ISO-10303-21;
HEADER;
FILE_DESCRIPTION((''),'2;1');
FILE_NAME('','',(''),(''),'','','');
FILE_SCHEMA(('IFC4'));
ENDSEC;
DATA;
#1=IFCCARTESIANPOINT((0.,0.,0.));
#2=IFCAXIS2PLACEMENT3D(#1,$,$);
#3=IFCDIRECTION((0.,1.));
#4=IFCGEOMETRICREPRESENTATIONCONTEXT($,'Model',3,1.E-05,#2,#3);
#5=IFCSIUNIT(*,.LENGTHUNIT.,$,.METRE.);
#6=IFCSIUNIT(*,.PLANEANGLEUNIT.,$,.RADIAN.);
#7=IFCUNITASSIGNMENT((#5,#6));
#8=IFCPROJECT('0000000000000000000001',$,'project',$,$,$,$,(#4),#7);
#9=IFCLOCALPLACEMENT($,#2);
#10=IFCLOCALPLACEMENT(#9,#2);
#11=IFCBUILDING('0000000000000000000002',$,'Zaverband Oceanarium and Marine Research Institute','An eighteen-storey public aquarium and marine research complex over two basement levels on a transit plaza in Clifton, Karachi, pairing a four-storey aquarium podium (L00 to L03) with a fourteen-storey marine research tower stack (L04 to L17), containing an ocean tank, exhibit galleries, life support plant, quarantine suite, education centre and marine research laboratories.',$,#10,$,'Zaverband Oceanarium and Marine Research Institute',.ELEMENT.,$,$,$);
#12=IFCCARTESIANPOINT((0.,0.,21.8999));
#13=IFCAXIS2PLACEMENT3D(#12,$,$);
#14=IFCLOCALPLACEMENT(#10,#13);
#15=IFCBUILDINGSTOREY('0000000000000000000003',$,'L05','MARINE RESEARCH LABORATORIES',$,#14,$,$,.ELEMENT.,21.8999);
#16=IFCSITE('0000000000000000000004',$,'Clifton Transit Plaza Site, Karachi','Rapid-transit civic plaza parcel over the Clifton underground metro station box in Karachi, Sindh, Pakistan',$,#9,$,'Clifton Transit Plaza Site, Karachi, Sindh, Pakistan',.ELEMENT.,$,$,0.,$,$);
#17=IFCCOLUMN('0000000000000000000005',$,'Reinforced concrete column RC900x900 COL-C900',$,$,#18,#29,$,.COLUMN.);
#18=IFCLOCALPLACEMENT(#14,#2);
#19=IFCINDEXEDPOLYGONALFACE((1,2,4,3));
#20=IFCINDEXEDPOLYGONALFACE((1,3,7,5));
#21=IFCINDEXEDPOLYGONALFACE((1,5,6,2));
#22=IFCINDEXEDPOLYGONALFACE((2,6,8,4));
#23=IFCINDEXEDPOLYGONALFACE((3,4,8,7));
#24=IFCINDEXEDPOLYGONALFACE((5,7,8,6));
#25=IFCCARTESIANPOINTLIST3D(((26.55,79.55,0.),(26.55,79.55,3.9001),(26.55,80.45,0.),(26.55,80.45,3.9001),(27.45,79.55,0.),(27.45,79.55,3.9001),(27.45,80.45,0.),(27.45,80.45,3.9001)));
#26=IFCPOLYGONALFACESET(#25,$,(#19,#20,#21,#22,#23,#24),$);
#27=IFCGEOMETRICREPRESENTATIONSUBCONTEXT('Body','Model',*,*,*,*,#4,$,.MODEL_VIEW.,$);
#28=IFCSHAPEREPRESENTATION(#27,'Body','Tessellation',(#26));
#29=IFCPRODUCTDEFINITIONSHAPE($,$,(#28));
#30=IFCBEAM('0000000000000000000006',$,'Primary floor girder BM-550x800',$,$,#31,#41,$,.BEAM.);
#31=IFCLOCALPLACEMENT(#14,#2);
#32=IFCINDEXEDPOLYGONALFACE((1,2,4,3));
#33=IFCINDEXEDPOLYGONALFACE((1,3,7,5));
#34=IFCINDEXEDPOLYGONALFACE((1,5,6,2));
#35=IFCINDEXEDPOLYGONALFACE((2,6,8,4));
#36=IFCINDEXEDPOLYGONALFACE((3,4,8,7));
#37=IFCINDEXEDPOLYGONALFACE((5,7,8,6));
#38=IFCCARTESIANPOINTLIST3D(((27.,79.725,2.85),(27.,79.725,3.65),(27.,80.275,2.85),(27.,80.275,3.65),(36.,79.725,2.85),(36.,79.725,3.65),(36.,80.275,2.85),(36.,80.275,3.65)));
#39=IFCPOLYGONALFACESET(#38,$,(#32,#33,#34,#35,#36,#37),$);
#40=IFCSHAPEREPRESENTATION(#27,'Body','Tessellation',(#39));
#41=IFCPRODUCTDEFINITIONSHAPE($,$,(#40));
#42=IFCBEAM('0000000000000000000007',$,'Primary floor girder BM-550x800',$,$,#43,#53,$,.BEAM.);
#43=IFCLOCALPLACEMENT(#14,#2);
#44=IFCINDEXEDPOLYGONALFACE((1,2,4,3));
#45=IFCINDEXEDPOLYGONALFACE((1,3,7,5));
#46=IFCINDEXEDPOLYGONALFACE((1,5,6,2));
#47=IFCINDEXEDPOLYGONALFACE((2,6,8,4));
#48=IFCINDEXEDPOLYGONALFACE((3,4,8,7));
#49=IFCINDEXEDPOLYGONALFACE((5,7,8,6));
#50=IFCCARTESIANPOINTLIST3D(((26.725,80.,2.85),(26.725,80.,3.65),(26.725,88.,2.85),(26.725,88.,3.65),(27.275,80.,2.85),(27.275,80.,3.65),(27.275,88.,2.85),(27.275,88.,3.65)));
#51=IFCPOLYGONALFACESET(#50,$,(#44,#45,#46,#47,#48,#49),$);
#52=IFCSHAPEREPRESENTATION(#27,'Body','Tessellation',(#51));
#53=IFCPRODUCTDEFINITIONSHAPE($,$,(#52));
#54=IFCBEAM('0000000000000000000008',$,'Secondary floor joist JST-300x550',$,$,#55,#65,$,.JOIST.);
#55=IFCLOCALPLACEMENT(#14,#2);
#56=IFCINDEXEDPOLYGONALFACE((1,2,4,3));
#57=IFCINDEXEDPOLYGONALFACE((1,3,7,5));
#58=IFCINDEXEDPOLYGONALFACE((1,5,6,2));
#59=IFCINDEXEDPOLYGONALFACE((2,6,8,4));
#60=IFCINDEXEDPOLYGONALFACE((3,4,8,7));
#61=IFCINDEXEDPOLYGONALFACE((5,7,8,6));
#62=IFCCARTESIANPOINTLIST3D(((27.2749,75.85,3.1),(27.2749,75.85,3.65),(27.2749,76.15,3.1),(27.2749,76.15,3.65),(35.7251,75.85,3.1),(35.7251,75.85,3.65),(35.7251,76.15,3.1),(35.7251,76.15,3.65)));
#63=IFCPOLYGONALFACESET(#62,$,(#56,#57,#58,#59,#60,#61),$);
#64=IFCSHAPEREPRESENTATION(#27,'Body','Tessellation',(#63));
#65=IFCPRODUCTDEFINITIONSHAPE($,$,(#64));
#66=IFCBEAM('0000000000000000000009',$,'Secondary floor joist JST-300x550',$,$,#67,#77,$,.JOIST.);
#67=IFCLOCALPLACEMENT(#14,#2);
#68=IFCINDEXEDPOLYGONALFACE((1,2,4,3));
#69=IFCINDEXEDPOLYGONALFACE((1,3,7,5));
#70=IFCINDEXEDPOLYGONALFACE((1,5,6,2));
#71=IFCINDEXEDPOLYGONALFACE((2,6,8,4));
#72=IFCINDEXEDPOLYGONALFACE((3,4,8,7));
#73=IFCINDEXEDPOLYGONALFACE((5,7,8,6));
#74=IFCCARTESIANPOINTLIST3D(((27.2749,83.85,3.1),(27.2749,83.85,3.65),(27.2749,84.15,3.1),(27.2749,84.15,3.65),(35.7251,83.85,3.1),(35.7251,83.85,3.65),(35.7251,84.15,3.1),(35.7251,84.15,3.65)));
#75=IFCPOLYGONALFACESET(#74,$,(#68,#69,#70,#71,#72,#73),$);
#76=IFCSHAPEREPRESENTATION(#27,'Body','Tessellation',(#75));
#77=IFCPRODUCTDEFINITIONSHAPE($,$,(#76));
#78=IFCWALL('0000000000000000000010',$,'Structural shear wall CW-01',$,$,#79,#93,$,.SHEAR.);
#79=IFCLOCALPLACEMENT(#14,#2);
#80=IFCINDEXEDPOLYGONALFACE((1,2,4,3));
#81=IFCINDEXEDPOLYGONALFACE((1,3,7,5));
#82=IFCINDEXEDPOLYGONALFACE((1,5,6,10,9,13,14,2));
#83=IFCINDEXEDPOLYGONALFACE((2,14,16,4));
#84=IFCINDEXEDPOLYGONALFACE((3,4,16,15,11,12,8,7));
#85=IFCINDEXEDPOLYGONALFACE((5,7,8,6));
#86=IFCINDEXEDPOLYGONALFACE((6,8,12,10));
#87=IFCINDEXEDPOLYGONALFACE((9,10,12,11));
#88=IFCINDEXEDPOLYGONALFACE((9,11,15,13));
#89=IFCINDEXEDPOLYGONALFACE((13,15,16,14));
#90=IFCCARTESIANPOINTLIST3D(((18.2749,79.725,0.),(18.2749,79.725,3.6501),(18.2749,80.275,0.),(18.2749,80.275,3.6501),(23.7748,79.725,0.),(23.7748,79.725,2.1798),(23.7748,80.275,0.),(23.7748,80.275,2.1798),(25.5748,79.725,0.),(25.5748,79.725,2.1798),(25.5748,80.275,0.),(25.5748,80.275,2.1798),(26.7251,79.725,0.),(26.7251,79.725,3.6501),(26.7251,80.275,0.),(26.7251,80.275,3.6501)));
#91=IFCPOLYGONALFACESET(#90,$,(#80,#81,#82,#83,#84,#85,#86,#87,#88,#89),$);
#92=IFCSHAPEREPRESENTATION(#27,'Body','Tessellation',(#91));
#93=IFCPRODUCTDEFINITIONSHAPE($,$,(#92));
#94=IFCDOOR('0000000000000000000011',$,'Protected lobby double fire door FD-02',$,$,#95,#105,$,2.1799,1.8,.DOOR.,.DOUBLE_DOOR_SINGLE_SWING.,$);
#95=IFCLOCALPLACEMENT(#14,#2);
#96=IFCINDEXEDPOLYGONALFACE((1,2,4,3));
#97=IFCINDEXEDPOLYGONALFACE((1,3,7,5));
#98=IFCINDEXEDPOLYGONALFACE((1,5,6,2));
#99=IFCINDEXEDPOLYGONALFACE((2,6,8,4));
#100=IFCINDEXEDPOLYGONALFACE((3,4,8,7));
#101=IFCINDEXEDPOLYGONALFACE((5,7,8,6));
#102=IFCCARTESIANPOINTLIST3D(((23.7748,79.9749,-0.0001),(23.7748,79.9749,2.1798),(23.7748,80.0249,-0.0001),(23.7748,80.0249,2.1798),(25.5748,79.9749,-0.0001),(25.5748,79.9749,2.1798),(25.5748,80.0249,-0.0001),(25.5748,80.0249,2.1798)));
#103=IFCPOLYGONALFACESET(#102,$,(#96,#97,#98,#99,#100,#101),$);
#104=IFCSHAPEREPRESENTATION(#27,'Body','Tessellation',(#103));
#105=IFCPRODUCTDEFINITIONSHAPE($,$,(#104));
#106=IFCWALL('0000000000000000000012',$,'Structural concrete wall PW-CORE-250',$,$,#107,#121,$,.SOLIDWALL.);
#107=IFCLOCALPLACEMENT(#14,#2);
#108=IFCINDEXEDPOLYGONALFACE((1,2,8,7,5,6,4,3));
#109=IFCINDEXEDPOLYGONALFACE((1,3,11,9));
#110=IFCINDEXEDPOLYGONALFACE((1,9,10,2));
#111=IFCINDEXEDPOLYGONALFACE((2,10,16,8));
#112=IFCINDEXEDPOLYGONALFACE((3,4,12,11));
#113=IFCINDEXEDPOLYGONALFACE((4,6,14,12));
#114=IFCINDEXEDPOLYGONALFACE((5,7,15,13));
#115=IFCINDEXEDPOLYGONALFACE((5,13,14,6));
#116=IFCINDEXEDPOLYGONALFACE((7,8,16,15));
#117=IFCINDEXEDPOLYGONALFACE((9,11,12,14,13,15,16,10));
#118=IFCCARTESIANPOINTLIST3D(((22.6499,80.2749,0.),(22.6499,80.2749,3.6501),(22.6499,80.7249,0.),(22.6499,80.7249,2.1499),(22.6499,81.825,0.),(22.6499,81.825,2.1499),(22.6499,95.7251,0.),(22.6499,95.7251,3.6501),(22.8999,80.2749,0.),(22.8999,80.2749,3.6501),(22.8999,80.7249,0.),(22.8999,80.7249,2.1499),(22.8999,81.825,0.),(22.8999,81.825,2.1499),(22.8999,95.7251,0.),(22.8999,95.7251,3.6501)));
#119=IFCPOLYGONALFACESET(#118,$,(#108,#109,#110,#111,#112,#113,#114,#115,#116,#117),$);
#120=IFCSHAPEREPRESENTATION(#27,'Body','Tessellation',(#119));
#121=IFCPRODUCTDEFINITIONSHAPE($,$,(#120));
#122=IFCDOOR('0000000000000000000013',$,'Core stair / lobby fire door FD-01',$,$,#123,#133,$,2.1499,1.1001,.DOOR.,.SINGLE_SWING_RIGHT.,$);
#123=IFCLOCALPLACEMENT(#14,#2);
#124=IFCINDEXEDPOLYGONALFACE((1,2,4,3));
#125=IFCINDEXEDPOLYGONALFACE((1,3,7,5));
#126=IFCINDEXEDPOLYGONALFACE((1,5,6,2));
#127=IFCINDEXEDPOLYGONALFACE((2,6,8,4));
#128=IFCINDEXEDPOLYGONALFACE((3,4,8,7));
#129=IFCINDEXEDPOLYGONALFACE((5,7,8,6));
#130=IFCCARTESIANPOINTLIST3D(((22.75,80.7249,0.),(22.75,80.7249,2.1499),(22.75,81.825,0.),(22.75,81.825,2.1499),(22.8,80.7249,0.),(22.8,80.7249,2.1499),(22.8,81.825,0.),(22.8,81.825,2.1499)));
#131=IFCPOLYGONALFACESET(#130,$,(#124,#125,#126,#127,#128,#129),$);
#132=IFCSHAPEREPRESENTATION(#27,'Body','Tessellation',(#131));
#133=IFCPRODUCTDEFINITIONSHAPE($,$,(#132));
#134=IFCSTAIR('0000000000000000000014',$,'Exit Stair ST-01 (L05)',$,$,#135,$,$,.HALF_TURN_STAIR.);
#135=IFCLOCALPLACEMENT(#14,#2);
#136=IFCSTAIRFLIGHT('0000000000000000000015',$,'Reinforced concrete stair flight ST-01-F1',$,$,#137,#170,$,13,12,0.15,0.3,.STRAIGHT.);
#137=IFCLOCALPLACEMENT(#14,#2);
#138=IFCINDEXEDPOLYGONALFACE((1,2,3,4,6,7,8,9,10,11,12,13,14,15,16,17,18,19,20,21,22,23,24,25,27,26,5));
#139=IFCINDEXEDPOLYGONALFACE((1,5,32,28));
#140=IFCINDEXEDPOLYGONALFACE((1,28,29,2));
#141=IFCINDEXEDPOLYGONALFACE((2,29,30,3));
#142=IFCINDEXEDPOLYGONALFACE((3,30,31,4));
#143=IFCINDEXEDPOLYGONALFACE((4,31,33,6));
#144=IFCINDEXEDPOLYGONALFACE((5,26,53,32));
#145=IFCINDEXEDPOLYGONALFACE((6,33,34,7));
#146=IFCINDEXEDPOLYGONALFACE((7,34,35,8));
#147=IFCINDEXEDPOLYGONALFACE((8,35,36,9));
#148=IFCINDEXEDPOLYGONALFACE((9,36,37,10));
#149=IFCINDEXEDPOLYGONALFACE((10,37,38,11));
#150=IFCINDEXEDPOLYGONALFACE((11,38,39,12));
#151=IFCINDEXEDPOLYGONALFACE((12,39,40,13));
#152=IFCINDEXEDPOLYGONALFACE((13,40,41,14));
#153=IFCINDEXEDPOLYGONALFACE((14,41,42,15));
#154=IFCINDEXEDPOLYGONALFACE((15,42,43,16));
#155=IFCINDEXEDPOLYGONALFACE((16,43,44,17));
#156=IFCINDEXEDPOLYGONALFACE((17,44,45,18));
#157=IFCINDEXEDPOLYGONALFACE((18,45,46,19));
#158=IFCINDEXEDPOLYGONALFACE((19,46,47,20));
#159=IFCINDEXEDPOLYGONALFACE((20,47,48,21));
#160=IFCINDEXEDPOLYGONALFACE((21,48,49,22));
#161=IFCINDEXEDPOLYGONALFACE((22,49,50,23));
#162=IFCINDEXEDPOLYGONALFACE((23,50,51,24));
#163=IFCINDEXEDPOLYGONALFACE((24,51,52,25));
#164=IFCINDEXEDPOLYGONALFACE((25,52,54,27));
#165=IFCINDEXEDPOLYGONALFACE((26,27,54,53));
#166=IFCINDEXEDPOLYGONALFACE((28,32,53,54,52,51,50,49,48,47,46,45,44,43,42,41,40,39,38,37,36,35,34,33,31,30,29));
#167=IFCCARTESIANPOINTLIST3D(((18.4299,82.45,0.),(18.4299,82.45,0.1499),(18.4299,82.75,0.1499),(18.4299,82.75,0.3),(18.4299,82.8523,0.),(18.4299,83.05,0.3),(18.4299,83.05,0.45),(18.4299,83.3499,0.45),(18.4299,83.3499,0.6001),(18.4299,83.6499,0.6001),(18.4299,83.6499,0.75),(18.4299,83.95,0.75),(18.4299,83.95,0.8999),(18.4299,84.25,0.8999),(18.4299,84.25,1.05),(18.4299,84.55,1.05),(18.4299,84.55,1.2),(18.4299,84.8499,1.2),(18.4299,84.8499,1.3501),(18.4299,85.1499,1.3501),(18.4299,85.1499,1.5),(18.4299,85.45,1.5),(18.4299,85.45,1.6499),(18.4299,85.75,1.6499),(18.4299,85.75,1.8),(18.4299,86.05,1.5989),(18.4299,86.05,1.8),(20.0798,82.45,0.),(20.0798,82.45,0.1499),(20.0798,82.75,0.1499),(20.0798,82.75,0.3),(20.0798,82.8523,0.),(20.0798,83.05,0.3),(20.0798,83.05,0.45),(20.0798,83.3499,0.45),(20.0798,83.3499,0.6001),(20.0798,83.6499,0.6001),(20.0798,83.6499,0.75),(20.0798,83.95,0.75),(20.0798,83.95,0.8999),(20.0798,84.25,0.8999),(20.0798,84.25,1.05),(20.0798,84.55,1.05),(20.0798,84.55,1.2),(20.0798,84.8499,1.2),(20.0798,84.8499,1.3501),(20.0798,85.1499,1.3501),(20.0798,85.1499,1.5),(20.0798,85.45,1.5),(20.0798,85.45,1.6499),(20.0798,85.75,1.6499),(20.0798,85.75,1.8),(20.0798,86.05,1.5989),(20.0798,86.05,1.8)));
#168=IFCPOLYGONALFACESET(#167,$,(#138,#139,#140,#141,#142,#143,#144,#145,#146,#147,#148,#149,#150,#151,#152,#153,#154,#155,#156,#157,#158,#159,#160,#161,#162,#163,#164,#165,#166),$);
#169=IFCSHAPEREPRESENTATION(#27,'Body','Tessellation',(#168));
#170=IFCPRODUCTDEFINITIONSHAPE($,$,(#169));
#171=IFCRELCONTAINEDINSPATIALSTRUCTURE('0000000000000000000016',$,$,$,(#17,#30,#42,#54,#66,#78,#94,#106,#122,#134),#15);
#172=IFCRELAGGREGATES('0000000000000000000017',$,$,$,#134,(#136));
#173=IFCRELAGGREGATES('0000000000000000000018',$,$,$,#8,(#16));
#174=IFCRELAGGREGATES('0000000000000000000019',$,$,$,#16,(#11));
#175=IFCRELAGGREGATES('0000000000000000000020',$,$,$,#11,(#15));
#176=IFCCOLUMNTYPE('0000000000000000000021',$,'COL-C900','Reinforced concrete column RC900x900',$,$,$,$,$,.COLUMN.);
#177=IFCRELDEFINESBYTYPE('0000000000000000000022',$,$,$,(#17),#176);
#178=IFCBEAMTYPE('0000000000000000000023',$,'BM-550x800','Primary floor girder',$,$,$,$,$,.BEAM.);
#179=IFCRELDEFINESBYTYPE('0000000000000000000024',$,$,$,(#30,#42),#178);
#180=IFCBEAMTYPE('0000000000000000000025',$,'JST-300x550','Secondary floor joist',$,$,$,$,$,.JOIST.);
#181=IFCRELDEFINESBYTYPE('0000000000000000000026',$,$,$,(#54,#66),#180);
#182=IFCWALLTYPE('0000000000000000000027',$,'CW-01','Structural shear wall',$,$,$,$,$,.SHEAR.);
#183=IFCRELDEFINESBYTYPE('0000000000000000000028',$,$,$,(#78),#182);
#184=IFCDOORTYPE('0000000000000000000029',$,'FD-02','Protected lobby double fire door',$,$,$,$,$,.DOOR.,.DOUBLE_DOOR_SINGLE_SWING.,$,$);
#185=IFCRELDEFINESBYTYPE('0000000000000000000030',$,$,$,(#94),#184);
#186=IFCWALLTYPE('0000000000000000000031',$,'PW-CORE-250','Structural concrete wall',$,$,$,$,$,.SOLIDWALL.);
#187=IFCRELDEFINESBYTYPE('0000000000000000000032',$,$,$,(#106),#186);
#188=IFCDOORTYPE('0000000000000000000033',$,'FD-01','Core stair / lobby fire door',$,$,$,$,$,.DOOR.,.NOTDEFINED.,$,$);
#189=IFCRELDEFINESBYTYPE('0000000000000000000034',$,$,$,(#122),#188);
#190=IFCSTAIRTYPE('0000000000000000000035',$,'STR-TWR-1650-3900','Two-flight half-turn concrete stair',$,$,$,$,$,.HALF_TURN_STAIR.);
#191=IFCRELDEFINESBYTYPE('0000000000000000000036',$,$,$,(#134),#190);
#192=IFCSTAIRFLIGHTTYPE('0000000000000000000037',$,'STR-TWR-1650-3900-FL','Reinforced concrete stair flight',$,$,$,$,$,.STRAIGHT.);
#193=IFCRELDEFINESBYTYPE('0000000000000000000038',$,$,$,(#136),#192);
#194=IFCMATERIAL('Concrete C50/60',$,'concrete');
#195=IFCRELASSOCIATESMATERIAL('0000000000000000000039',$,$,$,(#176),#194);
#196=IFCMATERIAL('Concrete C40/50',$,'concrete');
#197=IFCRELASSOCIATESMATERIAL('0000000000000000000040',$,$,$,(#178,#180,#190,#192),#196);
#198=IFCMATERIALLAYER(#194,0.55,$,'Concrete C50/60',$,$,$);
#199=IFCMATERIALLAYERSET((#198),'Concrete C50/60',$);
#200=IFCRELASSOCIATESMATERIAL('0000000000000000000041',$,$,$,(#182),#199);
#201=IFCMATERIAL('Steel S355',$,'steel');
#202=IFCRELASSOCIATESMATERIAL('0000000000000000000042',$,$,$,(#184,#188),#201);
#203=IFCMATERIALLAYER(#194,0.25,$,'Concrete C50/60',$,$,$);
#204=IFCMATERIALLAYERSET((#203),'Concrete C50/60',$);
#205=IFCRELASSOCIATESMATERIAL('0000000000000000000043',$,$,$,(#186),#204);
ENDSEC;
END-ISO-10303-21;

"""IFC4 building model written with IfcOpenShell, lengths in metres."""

from ifc_helpers import new_model, si_unit, direction, frame, frame_2d, origin, origin_2d, place, context, subcontext, project, spatial, polyline, rectangle, outline, extrude, material, layer, layer_set, material_profile, profile_set, type_object, element, fill, aggregate, save


model = new_model("IFC4")

# Units and contexts
model_context = context("Model", 3, precision=1e-05, world=origin(), true_north=direction((0.0, 1.0)))
body_context = subcontext(model_context, "Body", "Model", "MODEL_VIEW")
ifc_project = project(units=[si_unit("LENGTHUNIT", "METRE"), si_unit("PLANEANGLEUNIT", "RADIAN")], contexts=[model_context])

# Site, building, storey
site_placement = place(None, origin())
site = spatial("IfcSite", under=ifc_project, at=site_placement, Name="Clifton Transit Plaza Site, Karachi", Description="Rapid-transit civic plaza parcel over the Clifton underground metro station box in Karachi, Sindh, Pakistan", LongName="Clifton Transit Plaza Site, Karachi, Sindh, Pakistan", CompositionType="ELEMENT", RefElevation=0.0)
building_placement = place(site_placement, origin())
building = spatial("IfcBuilding", under=site, at=building_placement, Name="Zaverband Oceanarium and Marine Research Institute", Description="An eighteen-storey public aquarium and marine research complex over two basement levels on a transit plaza in Clifton, Karachi, pairing a four-storey aquarium podium (L00 to L03) with a fourteen-storey marine research tower stack (L04 to L17), containing an ocean tank, exhibit galleries, life support plant, quarantine suite, education centre and marine research laboratories.", LongName="Zaverband Oceanarium and Marine Research Institute", CompositionType="ELEMENT")
storey_placement = place(building_placement, frame((0.0, 0.0, 21.8999)))
storey = spatial("IfcBuildingStorey", under=building, at=storey_placement, Name="L05", Description="MARINE RESEARCH LABORATORIES", CompositionType="ELEMENT", Elevation=21.8999)

# Column
ifc_material_1 = material(Name="Concrete C50/60", Category="concrete")
ifc_material_profile_1 = material_profile(ifc_material_1, rectangle(XDim=0.8999, YDim=0.8999, at=origin_2d()), Name="RC900x900")
ifc_profile_set_1 = profile_set([ifc_material_profile_1], Name="Concrete C50/60")
column_type = type_object("IfcColumnType", Name="COL-C900", Description="Reinforced concrete column RC900x900", PredefinedType="COLUMN", material=ifc_profile_set_1)
column_placement = place(storey_placement, frame((27.0, 80.0, 0.0), z_axis=(0.0, 0.0, 1.0), x_axis=(1.0, 0.0, 0.0)))
element("IfcColumn", 1, at=column_placement, inside=storey, type_object=column_type, Name="Reinforced concrete column RC900x900 COL-C900", PredefinedType="COLUMN", context=body_context, shape_type="SweptSolid", body=[
    extrude(rectangle(XDim=0.8999, YDim=0.8999, at=origin_2d()), origin(), (0.0, 0.0, 1.0), 3.9001),
])

# Beams
ifc_material_2 = material(Name="Concrete C40/50", Category="concrete")
ifc_material_profile_2 = material_profile(ifc_material_2, rectangle(XDim=0.55, YDim=0.8, at=origin_2d()), Name="RC550x800")
ifc_profile_set_2 = profile_set([ifc_material_profile_2], Name="Concrete C40/50")
beam_type_1 = type_object("IfcBeamType", Name="BM-550x800", Description="Primary floor girder", PredefinedType="BEAM", material=ifc_profile_set_2)
beam_1_placement = place(storey_placement, frame((27.0, 80.0, 3.25), z_axis=(1.0, 0.0, 0.0), x_axis=(0.0, 1.0, 0.0)))
element("IfcBeam", 2, at=beam_1_placement, inside=storey, type_object=beam_type_1, Name="Primary floor girder BM-550x800", PredefinedType="BEAM", context=body_context, shape_type="SweptSolid", body=[
    extrude(rectangle(XDim=0.55, YDim=0.8, at=origin_2d()), origin(), (0.0, 0.0, 1.0), 9.0),
])
beam_2_placement = place(storey_placement, frame((27.0, 80.0, 3.25), z_axis=(0.0, 1.0, 0.0), x_axis=(-1.0, 0.0, 0.0)))
element("IfcBeam", 3, at=beam_2_placement, inside=storey, type_object=beam_type_1, Name="Primary floor girder BM-550x800", PredefinedType="BEAM", context=body_context, shape_type="SweptSolid", body=[
    extrude(rectangle(XDim=0.55, YDim=0.8, at=origin_2d()), origin(), (0.0, 0.0, 1.0), 8.0),
])
ifc_material_profile_3 = material_profile(ifc_material_2, rectangle(XDim=0.3, YDim=0.55, at=origin_2d()), Name="RC300x550")
ifc_profile_set_3 = profile_set([ifc_material_profile_3], Name="Concrete C40/50")
beam_type_2 = type_object("IfcBeamType", Name="JST-300x550", Description="Secondary floor joist", PredefinedType="JOIST", material=ifc_profile_set_3)
for number, where, z_axis, x_axis, name in (
    (4, (27.2749, 76.0, 3.375), (1.0, 0.0, 0.0), (0.0, 1.0, 0.0), "Secondary floor joist JST-300x550"),
    (5, (27.2749, 84.0, 3.375), (1.0, 0.0, 0.0), (0.0, 1.0, 0.0), "Secondary floor joist JST-300x550"),
):
    element("IfcBeam", number, at=place(storey_placement, frame(where, z_axis=z_axis, x_axis=x_axis)), inside=storey, type_object=beam_type_2, Name=name, PredefinedType="JOIST", context=body_context, shape_type="SweptSolid", body=[
        extrude(rectangle(XDim=0.3, YDim=0.55, at=origin_2d()), origin(), (0.0, 0.0, 1.0), 8.4502),
    ])

# Wall, opening, door
ifc_layer_1 = layer(ifc_material_1, 0.55, Name="Concrete C50/60")
ifc_layer_set_1 = layer_set([ifc_layer_1], Name="Concrete C50/60")
wall_type_1 = type_object("IfcWallType", Name="CW-01", Description="Structural shear wall", PredefinedType="SHEAR", material=ifc_layer_set_1)
wall_1_placement = place(storey_placement, frame((18.2749, 80.0, 0.0), z_axis=(0.0, 0.0, 1.0), x_axis=(1.0, 0.0, 0.0)))
wall_1 = element("IfcWall", 6, at=wall_1_placement, inside=storey, type_object=wall_type_1, Name="Structural shear wall CW-01", PredefinedType="SHEAR", context=body_context, shape_type="SweptSolid", body=[
    extrude(rectangle(XDim=8.4502, YDim=0.55, at=frame_2d((4.2251, 0.0))), origin(), (0.0, 0.0, 1.0), 3.6501),
])
opening_1_placement = place(wall_1_placement, frame((5.5, 0.0, 0.0)))
opening_1 = element("IfcOpeningElement", 7, at=opening_1_placement, cuts=wall_1, PredefinedType="OPENING", context=body_context, shape_type="SweptSolid", body=[
    extrude(rectangle(XDim=1.8, YDim=2.1799, at=frame_2d((0.8999, 1.0898))), frame((0.0, 0.2871, 0.0), z_axis=(0.0, -1.0, 0.0), x_axis=(1.0, 0.0, 0.0)), (0.0, 0.0, 1.0), 0.574),
])
ifc_material_3 = material(Name="Steel S355", Category="steel")
door_type_1 = type_object("IfcDoorType", Name="FD-02", Description="Protected lobby double fire door", OperationType="DOUBLE_DOOR_SINGLE_SWING", PredefinedType="DOOR", material=ifc_material_3)
door_1_placement = place(opening_1_placement, origin())
door_1 = element("IfcDoor", 8, at=door_1_placement, inside=storey, type_object=door_type_1, Name="Protected lobby double fire door FD-02", OperationType="DOUBLE_DOOR_SINGLE_SWING", OverallHeight=2.1799, OverallWidth=1.8, PredefinedType="DOOR", context=body_context, shape_type="SweptSolid", body=[
    extrude(rectangle(XDim=1.8, YDim=2.1799, at=frame_2d((0.8999, 1.0898))), frame((0.0, 0.0249, 0.0), z_axis=(0.0, -1.0, 0.0), x_axis=(1.0, 0.0, 0.0)), (0.0, 0.0, 1.0), 0.05),
])
fill(opening_1, door_1)

# Wall, opening, door
ifc_layer_2 = layer(ifc_material_1, 0.25, Name="Concrete C50/60")
ifc_layer_set_2 = layer_set([ifc_layer_2], Name="Concrete C50/60")
wall_type_2 = type_object("IfcWallType", Name="PW-CORE-250", Description="Structural concrete wall", PredefinedType="SOLIDWALL", material=ifc_layer_set_2)
wall_2_placement = place(storey_placement, frame((22.7749, 80.2749, 0.0), z_axis=(0.0, 0.0, 1.0), x_axis=(0.0, 1.0, 0.0)))
wall_2 = element("IfcWall", 9, at=wall_2_placement, inside=storey, type_object=wall_type_2, Name="Structural concrete wall PW-CORE-250", PredefinedType="SOLIDWALL", context=body_context, shape_type="SweptSolid", body=[
    extrude(rectangle(XDim=15.4502, YDim=0.25, at=frame_2d((7.7251, 0.0))), origin(), (0.0, 0.0, 1.0), 3.6501),
])
opening_2_placement = place(wall_2_placement, frame((0.45, 0.0, 0.0)))
opening_2 = element("IfcOpeningElement", 10, at=opening_2_placement, cuts=wall_2, PredefinedType="OPENING", context=body_context, shape_type="SweptSolid", body=[
    extrude(rectangle(XDim=1.1001, YDim=2.1499, at=frame_2d((0.55, 1.075))), frame((0.0, 0.137, 0.0), z_axis=(0.0, -1.0, 0.0), x_axis=(1.0, 0.0, 0.0)), (0.0, 0.0, 1.0), 0.2739),
])
door_type_2 = type_object("IfcDoorType", Name="FD-01", Description="Core stair / lobby fire door", OperationType="NOTDEFINED", PredefinedType="DOOR", material=ifc_material_3)
door_2_placement = place(opening_2_placement, origin())
door_2 = element("IfcDoor", 11, at=door_2_placement, inside=storey, type_object=door_type_2, Name="Core stair / lobby fire door FD-01", OperationType="SINGLE_SWING_RIGHT", OverallHeight=2.1499, OverallWidth=1.1001, PredefinedType="DOOR", context=body_context, shape_type="SweptSolid", body=[
    extrude(rectangle(XDim=1.1001, YDim=2.1499, at=frame_2d((0.55, 1.075))), frame((0.0, 0.0249, 0.0), z_axis=(0.0, -1.0, 0.0), x_axis=(1.0, 0.0, 0.0)), (0.0, 0.0, 1.0), 0.05),
])
fill(opening_2, door_2)

# Stair, stair flight
stair_type = type_object("IfcStairType", Name="STR-TWR-1650-3900", Description="Two-flight half-turn concrete stair", PredefinedType="HALF_TURN_STAIR", material=ifc_material_2)
stair_placement = place(storey_placement, origin())
stair = element("IfcStair", 12, at=stair_placement, inside=storey, type_object=stair_type, Name="Exit Stair ST-01 (L05)", PredefinedType="HALF_TURN_STAIR")
stair_flight_type = type_object("IfcStairFlightType", Name="STR-TWR-1650-3900-FL", Description="Reinforced concrete stair flight", PredefinedType="STRAIGHT", material=ifc_material_2)
stair_flight_1_placement = place(storey_placement, frame((19.2549, 82.45, 0.0), z_axis=(0.0, 0.0, 1.0), x_axis=(0.0, 1.0, 0.0)))
stair_flight_1 = element("IfcStairFlight", 13, at=stair_flight_1_placement, type_object=stair_flight_type, Name="Reinforced concrete stair flight ST-01-F1", NumberOfRisers=13, NumberOfTreads=12, PredefinedType="STRAIGHT", RiserHeight=0.15, TreadLength=0.3, context=body_context, shape_type="SweptSolid", body=[
    extrude(outline(polyline([(0.0, 0.0), (0.0, 0.1499), (0.3, 0.1499), (0.3, 0.3), (0.6001, 0.3), (0.6001, 0.45), (0.8999, 0.45), (0.8999, 0.6001), (1.2, 0.6001), (1.2, 0.75), (1.5, 0.75), (1.5, 0.8999), (1.8, 0.8999), (1.8, 1.05), (2.1001, 1.05), (2.1001, 1.2), (2.3999, 1.2), (2.3999, 1.3501), (2.7, 1.3501), (2.7, 1.5), (3.0, 1.5), (3.0, 1.6499), (3.3, 1.6499), (3.3, 1.8), (3.6001, 1.8), (3.6001, 1.95), (3.6001, 1.5989), (0.4023, 0.0), (0.0, 0.0)])), frame((0.0, 0.825, 0.0), z_axis=(0.0, -1.0, 0.0), x_axis=(1.0, 0.0, 0.0)), (0.0, 0.0, 1.0), 1.6499),
])
aggregate(stair, [stair_flight_1])

save(model, "model.ifc")
